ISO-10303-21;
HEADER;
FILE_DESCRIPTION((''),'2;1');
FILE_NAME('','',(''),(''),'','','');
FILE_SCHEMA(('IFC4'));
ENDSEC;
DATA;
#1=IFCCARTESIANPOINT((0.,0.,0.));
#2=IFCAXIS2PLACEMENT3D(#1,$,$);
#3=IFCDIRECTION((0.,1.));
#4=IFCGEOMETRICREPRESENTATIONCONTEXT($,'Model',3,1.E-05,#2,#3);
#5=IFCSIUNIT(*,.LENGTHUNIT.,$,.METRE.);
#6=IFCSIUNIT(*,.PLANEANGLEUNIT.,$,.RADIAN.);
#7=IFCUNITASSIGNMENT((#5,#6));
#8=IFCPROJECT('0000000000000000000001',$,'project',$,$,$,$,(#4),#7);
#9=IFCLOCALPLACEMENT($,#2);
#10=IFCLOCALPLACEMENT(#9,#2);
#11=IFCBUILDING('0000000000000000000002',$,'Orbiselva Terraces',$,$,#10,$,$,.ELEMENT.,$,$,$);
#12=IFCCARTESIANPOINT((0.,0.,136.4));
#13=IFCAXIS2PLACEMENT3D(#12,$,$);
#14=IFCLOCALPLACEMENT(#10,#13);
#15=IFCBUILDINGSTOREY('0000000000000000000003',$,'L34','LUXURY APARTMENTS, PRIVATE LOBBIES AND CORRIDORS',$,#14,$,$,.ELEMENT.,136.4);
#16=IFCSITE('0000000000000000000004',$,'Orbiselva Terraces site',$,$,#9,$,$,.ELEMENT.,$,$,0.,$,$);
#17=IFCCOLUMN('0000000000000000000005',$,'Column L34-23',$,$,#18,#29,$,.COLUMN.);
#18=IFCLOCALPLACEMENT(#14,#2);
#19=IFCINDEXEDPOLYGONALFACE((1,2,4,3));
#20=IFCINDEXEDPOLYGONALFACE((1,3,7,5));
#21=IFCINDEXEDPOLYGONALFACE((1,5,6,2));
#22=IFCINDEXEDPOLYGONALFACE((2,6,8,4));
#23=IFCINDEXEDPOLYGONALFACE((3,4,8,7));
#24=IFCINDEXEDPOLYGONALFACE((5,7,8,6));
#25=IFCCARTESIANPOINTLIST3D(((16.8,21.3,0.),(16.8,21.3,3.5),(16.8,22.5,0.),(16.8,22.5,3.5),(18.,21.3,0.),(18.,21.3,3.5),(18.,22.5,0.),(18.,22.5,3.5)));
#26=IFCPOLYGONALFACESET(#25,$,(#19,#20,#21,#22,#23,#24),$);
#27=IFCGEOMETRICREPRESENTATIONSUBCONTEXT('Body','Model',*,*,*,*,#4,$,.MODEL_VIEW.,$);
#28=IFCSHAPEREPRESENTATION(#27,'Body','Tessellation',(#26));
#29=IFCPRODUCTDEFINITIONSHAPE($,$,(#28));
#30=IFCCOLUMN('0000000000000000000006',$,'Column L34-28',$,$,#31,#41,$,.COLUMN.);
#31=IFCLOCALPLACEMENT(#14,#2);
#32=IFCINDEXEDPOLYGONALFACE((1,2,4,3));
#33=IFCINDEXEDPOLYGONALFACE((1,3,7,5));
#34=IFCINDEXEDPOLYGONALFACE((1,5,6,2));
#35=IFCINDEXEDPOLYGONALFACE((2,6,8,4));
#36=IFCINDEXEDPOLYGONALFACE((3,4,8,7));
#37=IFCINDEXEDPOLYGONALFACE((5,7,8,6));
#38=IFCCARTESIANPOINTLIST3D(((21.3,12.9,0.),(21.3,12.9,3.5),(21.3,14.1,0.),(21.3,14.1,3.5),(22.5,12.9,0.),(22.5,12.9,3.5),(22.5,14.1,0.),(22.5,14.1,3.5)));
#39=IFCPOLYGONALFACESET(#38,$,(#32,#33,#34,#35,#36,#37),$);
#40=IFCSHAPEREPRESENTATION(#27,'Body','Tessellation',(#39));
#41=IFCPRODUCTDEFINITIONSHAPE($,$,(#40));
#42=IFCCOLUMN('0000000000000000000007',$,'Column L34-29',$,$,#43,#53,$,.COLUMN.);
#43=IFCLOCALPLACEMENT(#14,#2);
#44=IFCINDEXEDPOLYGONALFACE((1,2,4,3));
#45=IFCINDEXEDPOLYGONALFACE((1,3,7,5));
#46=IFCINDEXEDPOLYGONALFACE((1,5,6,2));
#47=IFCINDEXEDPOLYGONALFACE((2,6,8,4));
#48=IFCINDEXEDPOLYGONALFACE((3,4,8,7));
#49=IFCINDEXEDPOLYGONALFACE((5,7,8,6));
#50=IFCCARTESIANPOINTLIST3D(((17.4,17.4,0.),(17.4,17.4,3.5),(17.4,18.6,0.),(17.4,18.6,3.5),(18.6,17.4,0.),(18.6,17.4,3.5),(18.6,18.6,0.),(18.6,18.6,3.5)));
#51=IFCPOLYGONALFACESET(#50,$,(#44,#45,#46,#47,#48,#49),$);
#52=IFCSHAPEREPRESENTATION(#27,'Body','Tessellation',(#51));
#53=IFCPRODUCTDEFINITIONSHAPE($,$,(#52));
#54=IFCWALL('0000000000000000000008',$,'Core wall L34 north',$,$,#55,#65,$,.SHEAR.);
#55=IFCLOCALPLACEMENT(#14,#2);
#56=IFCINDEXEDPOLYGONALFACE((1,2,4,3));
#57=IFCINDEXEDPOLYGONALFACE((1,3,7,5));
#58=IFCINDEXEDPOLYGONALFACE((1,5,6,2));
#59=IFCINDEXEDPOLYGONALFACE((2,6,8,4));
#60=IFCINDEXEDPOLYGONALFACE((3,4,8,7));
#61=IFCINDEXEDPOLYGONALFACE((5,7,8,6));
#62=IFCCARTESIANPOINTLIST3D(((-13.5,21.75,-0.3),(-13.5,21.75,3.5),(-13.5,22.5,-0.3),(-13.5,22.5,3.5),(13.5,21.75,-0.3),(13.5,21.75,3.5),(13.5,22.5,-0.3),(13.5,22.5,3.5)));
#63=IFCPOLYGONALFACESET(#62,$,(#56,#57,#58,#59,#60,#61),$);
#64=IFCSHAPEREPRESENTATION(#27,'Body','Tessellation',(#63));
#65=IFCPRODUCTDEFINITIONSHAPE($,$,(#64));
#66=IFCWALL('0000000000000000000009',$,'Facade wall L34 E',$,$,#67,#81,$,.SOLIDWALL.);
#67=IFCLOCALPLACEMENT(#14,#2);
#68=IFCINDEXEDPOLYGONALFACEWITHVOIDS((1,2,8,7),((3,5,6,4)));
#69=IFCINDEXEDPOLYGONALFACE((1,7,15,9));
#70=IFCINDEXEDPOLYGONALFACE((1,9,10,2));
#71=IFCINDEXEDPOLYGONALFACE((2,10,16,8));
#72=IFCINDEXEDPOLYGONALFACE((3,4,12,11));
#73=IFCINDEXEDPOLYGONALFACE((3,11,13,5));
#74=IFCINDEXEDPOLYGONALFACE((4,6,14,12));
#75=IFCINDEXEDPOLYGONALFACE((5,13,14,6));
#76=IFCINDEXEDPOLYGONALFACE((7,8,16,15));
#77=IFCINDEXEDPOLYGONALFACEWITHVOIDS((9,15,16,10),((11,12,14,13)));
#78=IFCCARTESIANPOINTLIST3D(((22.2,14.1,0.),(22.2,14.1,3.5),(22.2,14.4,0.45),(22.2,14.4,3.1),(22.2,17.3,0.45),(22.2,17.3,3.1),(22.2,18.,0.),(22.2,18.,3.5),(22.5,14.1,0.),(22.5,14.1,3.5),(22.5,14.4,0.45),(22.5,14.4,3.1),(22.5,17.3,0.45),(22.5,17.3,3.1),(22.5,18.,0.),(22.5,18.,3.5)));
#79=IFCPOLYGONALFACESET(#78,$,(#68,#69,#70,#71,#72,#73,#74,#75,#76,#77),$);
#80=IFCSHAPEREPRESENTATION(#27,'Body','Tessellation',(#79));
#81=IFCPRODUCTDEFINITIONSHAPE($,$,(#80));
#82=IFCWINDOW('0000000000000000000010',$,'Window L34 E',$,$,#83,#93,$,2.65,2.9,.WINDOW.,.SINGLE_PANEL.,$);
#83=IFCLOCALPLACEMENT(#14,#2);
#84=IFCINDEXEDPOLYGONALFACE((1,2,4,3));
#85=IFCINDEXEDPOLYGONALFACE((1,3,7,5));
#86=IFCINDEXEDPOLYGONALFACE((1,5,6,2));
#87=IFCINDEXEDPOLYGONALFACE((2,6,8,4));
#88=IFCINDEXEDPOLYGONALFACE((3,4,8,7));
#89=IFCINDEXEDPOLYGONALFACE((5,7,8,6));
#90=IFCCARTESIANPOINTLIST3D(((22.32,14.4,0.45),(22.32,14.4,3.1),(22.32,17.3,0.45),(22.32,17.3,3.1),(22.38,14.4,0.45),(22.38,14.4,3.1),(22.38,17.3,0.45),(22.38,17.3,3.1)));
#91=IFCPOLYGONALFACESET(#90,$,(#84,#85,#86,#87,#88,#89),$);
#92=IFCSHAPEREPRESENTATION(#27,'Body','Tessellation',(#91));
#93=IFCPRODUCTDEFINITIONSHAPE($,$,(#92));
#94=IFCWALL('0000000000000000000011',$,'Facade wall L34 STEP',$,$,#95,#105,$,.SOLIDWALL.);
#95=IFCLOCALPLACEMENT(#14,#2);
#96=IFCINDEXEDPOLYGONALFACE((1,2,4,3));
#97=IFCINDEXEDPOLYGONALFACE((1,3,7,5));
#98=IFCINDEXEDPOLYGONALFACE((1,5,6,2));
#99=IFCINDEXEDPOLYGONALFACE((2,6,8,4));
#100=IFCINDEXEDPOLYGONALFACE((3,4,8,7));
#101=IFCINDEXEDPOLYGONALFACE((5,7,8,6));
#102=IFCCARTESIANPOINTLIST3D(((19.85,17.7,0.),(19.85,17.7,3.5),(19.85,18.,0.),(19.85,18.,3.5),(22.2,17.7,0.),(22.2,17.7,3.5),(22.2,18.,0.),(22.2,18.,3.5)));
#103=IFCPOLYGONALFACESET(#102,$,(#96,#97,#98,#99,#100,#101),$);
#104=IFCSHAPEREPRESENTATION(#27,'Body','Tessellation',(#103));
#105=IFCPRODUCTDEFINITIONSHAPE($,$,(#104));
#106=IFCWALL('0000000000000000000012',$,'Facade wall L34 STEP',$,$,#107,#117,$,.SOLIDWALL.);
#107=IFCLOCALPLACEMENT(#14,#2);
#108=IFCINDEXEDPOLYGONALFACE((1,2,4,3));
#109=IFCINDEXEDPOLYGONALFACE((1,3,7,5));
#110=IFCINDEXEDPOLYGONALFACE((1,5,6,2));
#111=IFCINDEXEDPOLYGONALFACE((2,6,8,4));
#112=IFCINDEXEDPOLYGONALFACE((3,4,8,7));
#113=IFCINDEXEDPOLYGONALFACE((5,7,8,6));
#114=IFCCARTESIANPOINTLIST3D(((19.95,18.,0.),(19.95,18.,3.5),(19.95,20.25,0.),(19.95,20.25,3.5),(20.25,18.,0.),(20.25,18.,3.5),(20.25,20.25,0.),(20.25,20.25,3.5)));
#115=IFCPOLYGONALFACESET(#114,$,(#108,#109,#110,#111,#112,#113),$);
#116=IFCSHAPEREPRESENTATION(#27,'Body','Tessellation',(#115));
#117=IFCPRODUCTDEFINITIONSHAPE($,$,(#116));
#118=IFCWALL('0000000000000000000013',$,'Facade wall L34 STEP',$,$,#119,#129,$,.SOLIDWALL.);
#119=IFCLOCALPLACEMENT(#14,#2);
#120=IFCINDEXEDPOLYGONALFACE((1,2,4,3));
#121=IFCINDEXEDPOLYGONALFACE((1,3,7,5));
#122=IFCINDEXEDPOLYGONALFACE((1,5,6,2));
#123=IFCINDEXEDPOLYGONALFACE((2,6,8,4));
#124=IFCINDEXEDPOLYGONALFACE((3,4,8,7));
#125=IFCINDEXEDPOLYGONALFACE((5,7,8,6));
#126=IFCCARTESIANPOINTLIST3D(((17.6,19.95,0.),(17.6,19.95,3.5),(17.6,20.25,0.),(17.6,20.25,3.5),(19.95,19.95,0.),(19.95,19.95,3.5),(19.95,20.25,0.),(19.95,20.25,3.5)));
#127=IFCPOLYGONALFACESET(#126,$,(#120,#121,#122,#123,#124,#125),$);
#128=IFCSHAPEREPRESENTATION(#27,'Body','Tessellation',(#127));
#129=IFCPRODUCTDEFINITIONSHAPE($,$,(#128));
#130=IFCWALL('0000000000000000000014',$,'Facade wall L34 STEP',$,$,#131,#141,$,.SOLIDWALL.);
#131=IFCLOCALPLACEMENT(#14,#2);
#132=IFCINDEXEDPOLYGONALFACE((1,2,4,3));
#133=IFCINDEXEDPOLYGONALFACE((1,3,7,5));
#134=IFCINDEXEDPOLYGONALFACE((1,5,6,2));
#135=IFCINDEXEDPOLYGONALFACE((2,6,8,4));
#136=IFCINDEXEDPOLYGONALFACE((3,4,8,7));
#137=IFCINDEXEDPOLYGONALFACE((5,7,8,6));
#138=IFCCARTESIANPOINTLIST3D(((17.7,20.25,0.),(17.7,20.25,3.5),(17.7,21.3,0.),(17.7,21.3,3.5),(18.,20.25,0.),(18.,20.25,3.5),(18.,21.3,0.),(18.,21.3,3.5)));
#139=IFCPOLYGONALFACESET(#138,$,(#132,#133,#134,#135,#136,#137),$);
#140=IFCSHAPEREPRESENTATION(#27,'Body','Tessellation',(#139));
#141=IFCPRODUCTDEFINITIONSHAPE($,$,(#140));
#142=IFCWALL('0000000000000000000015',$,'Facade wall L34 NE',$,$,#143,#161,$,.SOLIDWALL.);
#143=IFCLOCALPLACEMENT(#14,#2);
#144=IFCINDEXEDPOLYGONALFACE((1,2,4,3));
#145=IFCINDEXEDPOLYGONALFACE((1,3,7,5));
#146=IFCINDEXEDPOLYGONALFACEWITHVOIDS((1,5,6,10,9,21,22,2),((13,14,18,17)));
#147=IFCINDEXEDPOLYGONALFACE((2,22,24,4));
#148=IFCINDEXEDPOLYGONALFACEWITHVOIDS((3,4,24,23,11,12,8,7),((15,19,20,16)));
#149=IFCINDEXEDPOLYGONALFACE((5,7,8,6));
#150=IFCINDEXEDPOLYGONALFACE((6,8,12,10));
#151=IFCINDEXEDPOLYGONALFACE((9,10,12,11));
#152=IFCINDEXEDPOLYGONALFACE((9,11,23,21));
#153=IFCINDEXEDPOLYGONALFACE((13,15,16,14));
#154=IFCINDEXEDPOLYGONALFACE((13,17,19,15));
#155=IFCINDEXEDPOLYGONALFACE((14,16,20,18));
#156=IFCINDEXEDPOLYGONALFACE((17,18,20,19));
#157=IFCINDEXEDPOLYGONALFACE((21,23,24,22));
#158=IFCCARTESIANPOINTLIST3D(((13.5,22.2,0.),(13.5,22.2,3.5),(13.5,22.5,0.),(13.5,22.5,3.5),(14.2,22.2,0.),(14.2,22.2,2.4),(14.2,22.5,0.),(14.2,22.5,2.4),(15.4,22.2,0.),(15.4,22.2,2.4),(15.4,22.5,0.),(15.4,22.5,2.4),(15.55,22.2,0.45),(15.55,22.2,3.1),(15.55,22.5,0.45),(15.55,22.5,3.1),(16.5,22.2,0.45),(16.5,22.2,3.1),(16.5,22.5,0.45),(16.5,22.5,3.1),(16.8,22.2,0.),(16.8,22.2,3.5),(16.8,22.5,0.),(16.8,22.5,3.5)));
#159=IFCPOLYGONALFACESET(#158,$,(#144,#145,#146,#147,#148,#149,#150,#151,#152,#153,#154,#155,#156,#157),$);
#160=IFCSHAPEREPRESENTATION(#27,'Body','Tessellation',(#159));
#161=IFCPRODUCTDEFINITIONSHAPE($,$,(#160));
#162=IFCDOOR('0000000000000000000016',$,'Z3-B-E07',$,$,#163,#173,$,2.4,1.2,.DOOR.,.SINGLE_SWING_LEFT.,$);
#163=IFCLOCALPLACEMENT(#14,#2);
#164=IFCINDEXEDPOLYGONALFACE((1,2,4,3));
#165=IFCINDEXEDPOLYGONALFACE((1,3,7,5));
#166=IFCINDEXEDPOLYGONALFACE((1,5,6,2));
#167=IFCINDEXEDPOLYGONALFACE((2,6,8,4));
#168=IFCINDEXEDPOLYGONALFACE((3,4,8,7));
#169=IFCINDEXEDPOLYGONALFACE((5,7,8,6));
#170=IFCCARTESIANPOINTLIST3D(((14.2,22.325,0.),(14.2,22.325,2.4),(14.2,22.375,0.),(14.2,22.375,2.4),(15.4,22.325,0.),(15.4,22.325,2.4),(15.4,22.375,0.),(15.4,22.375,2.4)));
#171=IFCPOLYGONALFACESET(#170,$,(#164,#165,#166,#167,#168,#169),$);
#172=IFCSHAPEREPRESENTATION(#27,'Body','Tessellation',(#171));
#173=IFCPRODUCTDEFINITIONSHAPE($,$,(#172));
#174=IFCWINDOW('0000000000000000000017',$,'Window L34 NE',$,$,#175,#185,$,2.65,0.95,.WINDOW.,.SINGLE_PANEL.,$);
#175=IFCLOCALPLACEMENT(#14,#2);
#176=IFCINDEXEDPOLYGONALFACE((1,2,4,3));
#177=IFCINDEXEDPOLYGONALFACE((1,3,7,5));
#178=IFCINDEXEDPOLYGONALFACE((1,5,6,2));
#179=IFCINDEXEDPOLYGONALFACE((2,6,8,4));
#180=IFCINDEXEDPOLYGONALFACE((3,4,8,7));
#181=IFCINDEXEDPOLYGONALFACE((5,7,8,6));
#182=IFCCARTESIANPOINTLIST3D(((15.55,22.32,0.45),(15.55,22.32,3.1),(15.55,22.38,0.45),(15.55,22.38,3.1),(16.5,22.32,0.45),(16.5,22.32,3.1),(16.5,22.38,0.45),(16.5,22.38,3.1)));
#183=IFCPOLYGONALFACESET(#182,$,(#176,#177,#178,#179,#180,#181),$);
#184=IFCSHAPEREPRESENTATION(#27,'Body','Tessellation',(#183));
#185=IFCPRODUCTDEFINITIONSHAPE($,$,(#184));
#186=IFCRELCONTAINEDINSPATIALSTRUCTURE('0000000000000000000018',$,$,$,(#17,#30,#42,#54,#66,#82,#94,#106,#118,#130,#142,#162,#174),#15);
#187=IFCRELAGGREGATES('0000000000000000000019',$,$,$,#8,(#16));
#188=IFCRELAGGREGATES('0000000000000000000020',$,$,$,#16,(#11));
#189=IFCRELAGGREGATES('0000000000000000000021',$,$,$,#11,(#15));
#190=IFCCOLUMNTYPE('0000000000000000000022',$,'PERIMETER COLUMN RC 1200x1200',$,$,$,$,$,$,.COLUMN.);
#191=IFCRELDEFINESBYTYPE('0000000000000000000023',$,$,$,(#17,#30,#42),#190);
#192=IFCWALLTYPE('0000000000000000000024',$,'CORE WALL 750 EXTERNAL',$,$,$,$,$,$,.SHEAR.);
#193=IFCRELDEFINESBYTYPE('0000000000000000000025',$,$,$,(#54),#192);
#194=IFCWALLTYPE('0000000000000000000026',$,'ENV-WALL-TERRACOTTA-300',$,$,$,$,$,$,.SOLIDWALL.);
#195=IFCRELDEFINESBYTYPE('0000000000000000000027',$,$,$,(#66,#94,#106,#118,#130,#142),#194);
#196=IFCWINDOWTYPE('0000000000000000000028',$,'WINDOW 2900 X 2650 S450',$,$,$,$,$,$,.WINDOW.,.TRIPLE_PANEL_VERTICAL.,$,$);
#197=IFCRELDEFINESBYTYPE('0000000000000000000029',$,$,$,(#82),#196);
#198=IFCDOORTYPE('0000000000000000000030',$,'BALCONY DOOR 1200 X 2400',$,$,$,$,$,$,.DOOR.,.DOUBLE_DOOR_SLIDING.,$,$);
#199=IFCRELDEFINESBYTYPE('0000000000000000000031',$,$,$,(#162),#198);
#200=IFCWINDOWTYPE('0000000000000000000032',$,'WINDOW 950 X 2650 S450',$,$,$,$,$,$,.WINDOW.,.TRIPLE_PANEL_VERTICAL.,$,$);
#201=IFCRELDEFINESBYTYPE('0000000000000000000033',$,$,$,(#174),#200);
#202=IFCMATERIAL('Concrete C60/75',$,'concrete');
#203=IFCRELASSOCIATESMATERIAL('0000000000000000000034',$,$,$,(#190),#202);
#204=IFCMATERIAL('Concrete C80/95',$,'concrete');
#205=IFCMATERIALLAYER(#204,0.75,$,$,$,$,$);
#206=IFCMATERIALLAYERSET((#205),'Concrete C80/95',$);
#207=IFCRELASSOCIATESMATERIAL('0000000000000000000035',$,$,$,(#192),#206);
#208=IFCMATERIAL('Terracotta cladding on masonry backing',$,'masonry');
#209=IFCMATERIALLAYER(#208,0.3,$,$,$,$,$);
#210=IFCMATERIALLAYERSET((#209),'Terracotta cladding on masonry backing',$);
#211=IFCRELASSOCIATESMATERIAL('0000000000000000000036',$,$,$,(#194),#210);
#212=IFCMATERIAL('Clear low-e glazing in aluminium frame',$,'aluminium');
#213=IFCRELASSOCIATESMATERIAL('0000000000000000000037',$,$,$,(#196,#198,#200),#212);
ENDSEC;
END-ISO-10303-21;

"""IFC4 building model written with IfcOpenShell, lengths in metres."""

from ifc_helpers import new_model, si_unit, direction, frame, frame_2d, origin, origin_2d, place, context, subcontext, project, spatial, rectangle, extrude, material, layer, layer_set, material_profile, profile_set, type_object, element, fill, save


model = new_model("IFC4")

# Units and contexts
model_context = context("Model", 3, precision=1e-05, world=origin(), true_north=direction((0.0, 1.0)))
body_context = subcontext(model_context, "Body", "Model", "MODEL_VIEW")
ifc_project = project(units=[si_unit("LENGTHUNIT", "METRE"), si_unit("PLANEANGLEUNIT", "RADIAN")], contexts=[model_context])

# Site, building, storey
site_placement = place(None, origin())
site = spatial("IfcSite", under=ifc_project, at=site_placement, Name="Orbiselva Terraces site", CompositionType="ELEMENT", RefElevation=0.0)
building_placement = place(site_placement, origin())
building = spatial("IfcBuilding", under=site, at=building_placement, Name="Orbiselva Terraces", CompositionType="ELEMENT")
storey_placement = place(building_placement, frame((0.0, 0.0, 136.4)))
storey = spatial("IfcBuildingStorey", under=building, at=storey_placement, Name="L34", Description="LUXURY APARTMENTS, PRIVATE LOBBIES AND CORRIDORS", CompositionType="ELEMENT", Elevation=136.4)

# Columns
ifc_material_1 = material(Name="Concrete C60/75", Category="concrete")
ifc_material_profile = material_profile(ifc_material_1, rectangle(XDim=1.2, YDim=1.2, at=origin_2d()), Name="RC 1200x1200")
ifc_profile_set = profile_set([ifc_material_profile], Name="Concrete C60/75")
column_type = type_object("IfcColumnType", Name="PERIMETER COLUMN RC 1200x1200", PredefinedType="COLUMN", material=ifc_profile_set)
for number, where, z_axis, x_axis, name in (
    (1, (17.4, 21.9, 0.0), (0.0, 0.0, 1.0), (1.0, 0.0, 0.0), "Column L34-23"),
    (2, (21.9, 13.5, 0.0), (0.0, 0.0, 1.0), (1.0, 0.0, 0.0), "Column L34-28"),
    (3, (18.0, 18.0, 0.0), (0.0, 0.0, 1.0), (1.0, 0.0, 0.0), "Column L34-29"),
):
    element("IfcColumn", number, at=place(storey_placement, frame(where, z_axis=z_axis, x_axis=x_axis)), inside=storey, type_object=column_type, Name=name, PredefinedType="COLUMN", context=body_context, shape_type="SweptSolid", body=[
        extrude(rectangle(XDim=1.2, YDim=1.2, at=origin_2d()), origin(), (0.0, 0.0, 1.0), 3.5),
    ])

# Wall
ifc_material_2 = material(Name="Concrete C80/95", Category="concrete")
ifc_layer_1 = layer(ifc_material_2, 0.75)
ifc_layer_set_1 = layer_set([ifc_layer_1], Name="Concrete C80/95")
wall_type_1 = type_object("IfcWallType", Name="CORE WALL 750 EXTERNAL", PredefinedType="SHEAR", material=ifc_layer_set_1)
wall_1_placement = place(storey_placement, frame((13.5, 22.125, -0.3), z_axis=(0.0, 0.0, 1.0), x_axis=(-1.0, 0.0, 0.0)))
element("IfcWall", 4, at=wall_1_placement, inside=storey, type_object=wall_type_1, Name="Core wall L34 north", PredefinedType="SHEAR", context=body_context, shape_type="SweptSolid", body=[
    extrude(rectangle(XDim=27.0, YDim=0.75, at=frame_2d((13.5, 0.0))), origin(), (0.0, 0.0, 1.0), 3.8),
])

# Wall, opening, window
ifc_material_3 = material(Name="Terracotta cladding on masonry backing", Category="masonry")
ifc_layer_2 = layer(ifc_material_3, 0.3)
ifc_layer_set_2 = layer_set([ifc_layer_2], Name="Terracotta cladding on masonry backing")
wall_type_2 = type_object("IfcWallType", Name="ENV-WALL-TERRACOTTA-300", PredefinedType="SOLIDWALL", material=ifc_layer_set_2)
wall_2_placement = place(storey_placement, frame((22.35, 18.0, 0.0), z_axis=(0.0, 0.0, 1.0), x_axis=(0.0, -1.0, 0.0)))
wall_2 = element("IfcWall", 5, at=wall_2_placement, inside=storey, type_object=wall_type_2, Name="Facade wall L34 E", PredefinedType="SOLIDWALL", context=body_context, shape_type="SweptSolid", body=[
    extrude(rectangle(XDim=3.9, YDim=0.3, at=frame_2d((1.95, 0.0))), origin(), (0.0, 0.0, 1.0), 3.5),
])
opening_1_placement = place(wall_2_placement, frame((0.7, 0.0, 0.45)))
opening_1 = element("IfcOpeningElement", 6, at=opening_1_placement, cuts=wall_2, PredefinedType="OPENING", context=body_context, shape_type="SweptSolid", body=[
    extrude(rectangle(XDim=2.9, YDim=2.65, at=frame_2d((1.45, 1.325))), frame((0.0, 0.16, 0.0), z_axis=(0.0, -1.0, 0.0), x_axis=(1.0, 0.0, 0.0)), (0.0, 0.0, 1.0), 0.32),
])
ifc_material_4 = material(Name="Clear low-e glazing in aluminium frame", Category="aluminium")
window_type_1 = type_object("IfcWindowType", Name="WINDOW 2900 X 2650 S450", PartitioningType="TRIPLE_PANEL_VERTICAL", PredefinedType="WINDOW", material=ifc_material_4)
window_1_placement = place(opening_1_placement, origin())
window_1 = element("IfcWindow", 7, at=window_1_placement, inside=storey, type_object=window_type_1, Name="Window L34 E", OverallHeight=2.65, OverallWidth=2.9, PartitioningType="SINGLE_PANEL", PredefinedType="WINDOW", context=body_context, shape_type="SweptSolid", body=[
    extrude(rectangle(XDim=2.9, YDim=2.65, at=frame_2d((1.45, 1.325))), frame((0.0, 0.03, 0.0), z_axis=(0.0, -1.0, 0.0), x_axis=(1.0, 0.0, 0.0)), (0.0, 0.0, 1.0), 0.06),
])
fill(opening_1, window_1)

# Walls
wall_3_placement = place(storey_placement, frame((19.85, 17.85, 0.0), z_axis=(0.0, 0.0, 1.0), x_axis=(1.0, 0.0, 0.0)))
element("IfcWall", 8, at=wall_3_placement, inside=storey, type_object=wall_type_2, Name="Facade wall L34 STEP", PredefinedType="SOLIDWALL", context=body_context, shape_type="SweptSolid", body=[
    extrude(rectangle(XDim=2.35, YDim=0.3, at=frame_2d((1.175, 0.0))), origin(), (0.0, 0.0, 1.0), 3.5),
])
wall_4_placement = place(storey_placement, frame((20.1, 20.25, 0.0), z_axis=(0.0, 0.0, 1.0), x_axis=(0.0, -1.0, 0.0)))
element("IfcWall", 9, at=wall_4_placement, inside=storey, type_object=wall_type_2, Name="Facade wall L34 STEP", PredefinedType="SOLIDWALL", context=body_context, shape_type="SweptSolid", body=[
    extrude(rectangle(XDim=2.25, YDim=0.3, at=frame_2d((1.125, 0.0))), origin(), (0.0, 0.0, 1.0), 3.5),
])
wall_5_placement = place(storey_placement, frame((17.6, 20.1, 0.0), z_axis=(0.0, 0.0, 1.0), x_axis=(1.0, 0.0, 0.0)))
element("IfcWall", 10, at=wall_5_placement, inside=storey, type_object=wall_type_2, Name="Facade wall L34 STEP", PredefinedType="SOLIDWALL", context=body_context, shape_type="SweptSolid", body=[
    extrude(rectangle(XDim=2.35, YDim=0.3, at=frame_2d((1.175, 0.0))), origin(), (0.0, 0.0, 1.0), 3.5),
])
wall_6_placement = place(storey_placement, frame((17.85, 21.3, 0.0), z_axis=(0.0, 0.0, 1.0), x_axis=(0.0, -1.0, 0.0)))
element("IfcWall", 11, at=wall_6_placement, inside=storey, type_object=wall_type_2, Name="Facade wall L34 STEP", PredefinedType="SOLIDWALL", context=body_context, shape_type="SweptSolid", body=[
    extrude(rectangle(XDim=1.05, YDim=0.3, at=frame_2d((0.525, 0.0))), origin(), (0.0, 0.0, 1.0), 3.5),
])

# Wall, openings, door, window
wall_7_placement = place(storey_placement, frame((13.5, 22.35, 0.0), z_axis=(0.0, 0.0, 1.0), x_axis=(1.0, 0.0, 0.0)))
wall_7 = element("IfcWall", 12, at=wall_7_placement, inside=storey, type_object=wall_type_2, Name="Facade wall L34 NE", PredefinedType="SOLIDWALL", context=body_context, shape_type="SweptSolid", body=[
    extrude(rectangle(XDim=3.3, YDim=0.3, at=frame_2d((1.65, 0.0))), origin(), (0.0, 0.0, 1.0), 3.5),
])
opening_2_placement = place(wall_7_placement, frame((2.05, 0.0, 0.45)))
opening_2 = element("IfcOpeningElement", 13, at=opening_2_placement, cuts=wall_7, PredefinedType="OPENING", context=body_context, shape_type="SweptSolid", body=[
    extrude(rectangle(XDim=0.95, YDim=2.65, at=frame_2d((0.475, 1.325))), frame((0.0, 0.16, 0.0), z_axis=(0.0, -1.0, 0.0), x_axis=(1.0, 0.0, 0.0)), (0.0, 0.0, 1.0), 0.32),
])
opening_3_placement = place(wall_7_placement, frame((0.7, 0.0, 0.0)))
opening_3 = element("IfcOpeningElement", 14, at=opening_3_placement, cuts=wall_7, PredefinedType="OPENING", context=body_context, shape_type="SweptSolid", body=[
    extrude(rectangle(XDim=1.2, YDim=2.4, at=frame_2d((0.6, 1.2))), frame((0.0, 0.16, 0.0), z_axis=(0.0, -1.0, 0.0), x_axis=(1.0, 0.0, 0.0)), (0.0, 0.0, 1.0), 0.32),
])
door_type = type_object("IfcDoorType", Name="BALCONY DOOR 1200 X 2400", OperationType="DOUBLE_DOOR_SLIDING", PredefinedType="DOOR", material=ifc_material_4)
door_placement = place(opening_3_placement, origin())
door = element("IfcDoor", 15, at=door_placement, inside=storey, type_object=door_type, Name="Z3-B-E07", OperationType="SINGLE_SWING_LEFT", OverallHeight=2.4, OverallWidth=1.2, PredefinedType="DOOR", context=body_context, shape_type="SweptSolid", body=[
    extrude(rectangle(XDim=1.2, YDim=2.4, at=frame_2d((0.6, 1.2))), frame((0.0, 0.025, 0.0), z_axis=(0.0, -1.0, 0.0), x_axis=(1.0, 0.0, 0.0)), (0.0, 0.0, 1.0), 0.05),
])
fill(opening_3, door)
window_type_2 = type_object("IfcWindowType", Name="WINDOW 950 X 2650 S450", PartitioningType="TRIPLE_PANEL_VERTICAL", PredefinedType="WINDOW", material=ifc_material_4)
window_2_placement = place(opening_2_placement, origin())
window_2 = element("IfcWindow", 16, at=window_2_placement, inside=storey, type_object=window_type_2, Name="Window L34 NE", OverallHeight=2.65, OverallWidth=0.95, PartitioningType="SINGLE_PANEL", PredefinedType="WINDOW", context=body_context, shape_type="SweptSolid", body=[
    extrude(rectangle(XDim=0.95, YDim=2.65, at=frame_2d((0.475, 1.325))), frame((0.0, 0.03, 0.0), z_axis=(0.0, -1.0, 0.0), x_axis=(1.0, 0.0, 0.0)), (0.0, 0.0, 1.0), 0.06),
])
fill(opening_2, window_2)

save(model, "model.ifc")
